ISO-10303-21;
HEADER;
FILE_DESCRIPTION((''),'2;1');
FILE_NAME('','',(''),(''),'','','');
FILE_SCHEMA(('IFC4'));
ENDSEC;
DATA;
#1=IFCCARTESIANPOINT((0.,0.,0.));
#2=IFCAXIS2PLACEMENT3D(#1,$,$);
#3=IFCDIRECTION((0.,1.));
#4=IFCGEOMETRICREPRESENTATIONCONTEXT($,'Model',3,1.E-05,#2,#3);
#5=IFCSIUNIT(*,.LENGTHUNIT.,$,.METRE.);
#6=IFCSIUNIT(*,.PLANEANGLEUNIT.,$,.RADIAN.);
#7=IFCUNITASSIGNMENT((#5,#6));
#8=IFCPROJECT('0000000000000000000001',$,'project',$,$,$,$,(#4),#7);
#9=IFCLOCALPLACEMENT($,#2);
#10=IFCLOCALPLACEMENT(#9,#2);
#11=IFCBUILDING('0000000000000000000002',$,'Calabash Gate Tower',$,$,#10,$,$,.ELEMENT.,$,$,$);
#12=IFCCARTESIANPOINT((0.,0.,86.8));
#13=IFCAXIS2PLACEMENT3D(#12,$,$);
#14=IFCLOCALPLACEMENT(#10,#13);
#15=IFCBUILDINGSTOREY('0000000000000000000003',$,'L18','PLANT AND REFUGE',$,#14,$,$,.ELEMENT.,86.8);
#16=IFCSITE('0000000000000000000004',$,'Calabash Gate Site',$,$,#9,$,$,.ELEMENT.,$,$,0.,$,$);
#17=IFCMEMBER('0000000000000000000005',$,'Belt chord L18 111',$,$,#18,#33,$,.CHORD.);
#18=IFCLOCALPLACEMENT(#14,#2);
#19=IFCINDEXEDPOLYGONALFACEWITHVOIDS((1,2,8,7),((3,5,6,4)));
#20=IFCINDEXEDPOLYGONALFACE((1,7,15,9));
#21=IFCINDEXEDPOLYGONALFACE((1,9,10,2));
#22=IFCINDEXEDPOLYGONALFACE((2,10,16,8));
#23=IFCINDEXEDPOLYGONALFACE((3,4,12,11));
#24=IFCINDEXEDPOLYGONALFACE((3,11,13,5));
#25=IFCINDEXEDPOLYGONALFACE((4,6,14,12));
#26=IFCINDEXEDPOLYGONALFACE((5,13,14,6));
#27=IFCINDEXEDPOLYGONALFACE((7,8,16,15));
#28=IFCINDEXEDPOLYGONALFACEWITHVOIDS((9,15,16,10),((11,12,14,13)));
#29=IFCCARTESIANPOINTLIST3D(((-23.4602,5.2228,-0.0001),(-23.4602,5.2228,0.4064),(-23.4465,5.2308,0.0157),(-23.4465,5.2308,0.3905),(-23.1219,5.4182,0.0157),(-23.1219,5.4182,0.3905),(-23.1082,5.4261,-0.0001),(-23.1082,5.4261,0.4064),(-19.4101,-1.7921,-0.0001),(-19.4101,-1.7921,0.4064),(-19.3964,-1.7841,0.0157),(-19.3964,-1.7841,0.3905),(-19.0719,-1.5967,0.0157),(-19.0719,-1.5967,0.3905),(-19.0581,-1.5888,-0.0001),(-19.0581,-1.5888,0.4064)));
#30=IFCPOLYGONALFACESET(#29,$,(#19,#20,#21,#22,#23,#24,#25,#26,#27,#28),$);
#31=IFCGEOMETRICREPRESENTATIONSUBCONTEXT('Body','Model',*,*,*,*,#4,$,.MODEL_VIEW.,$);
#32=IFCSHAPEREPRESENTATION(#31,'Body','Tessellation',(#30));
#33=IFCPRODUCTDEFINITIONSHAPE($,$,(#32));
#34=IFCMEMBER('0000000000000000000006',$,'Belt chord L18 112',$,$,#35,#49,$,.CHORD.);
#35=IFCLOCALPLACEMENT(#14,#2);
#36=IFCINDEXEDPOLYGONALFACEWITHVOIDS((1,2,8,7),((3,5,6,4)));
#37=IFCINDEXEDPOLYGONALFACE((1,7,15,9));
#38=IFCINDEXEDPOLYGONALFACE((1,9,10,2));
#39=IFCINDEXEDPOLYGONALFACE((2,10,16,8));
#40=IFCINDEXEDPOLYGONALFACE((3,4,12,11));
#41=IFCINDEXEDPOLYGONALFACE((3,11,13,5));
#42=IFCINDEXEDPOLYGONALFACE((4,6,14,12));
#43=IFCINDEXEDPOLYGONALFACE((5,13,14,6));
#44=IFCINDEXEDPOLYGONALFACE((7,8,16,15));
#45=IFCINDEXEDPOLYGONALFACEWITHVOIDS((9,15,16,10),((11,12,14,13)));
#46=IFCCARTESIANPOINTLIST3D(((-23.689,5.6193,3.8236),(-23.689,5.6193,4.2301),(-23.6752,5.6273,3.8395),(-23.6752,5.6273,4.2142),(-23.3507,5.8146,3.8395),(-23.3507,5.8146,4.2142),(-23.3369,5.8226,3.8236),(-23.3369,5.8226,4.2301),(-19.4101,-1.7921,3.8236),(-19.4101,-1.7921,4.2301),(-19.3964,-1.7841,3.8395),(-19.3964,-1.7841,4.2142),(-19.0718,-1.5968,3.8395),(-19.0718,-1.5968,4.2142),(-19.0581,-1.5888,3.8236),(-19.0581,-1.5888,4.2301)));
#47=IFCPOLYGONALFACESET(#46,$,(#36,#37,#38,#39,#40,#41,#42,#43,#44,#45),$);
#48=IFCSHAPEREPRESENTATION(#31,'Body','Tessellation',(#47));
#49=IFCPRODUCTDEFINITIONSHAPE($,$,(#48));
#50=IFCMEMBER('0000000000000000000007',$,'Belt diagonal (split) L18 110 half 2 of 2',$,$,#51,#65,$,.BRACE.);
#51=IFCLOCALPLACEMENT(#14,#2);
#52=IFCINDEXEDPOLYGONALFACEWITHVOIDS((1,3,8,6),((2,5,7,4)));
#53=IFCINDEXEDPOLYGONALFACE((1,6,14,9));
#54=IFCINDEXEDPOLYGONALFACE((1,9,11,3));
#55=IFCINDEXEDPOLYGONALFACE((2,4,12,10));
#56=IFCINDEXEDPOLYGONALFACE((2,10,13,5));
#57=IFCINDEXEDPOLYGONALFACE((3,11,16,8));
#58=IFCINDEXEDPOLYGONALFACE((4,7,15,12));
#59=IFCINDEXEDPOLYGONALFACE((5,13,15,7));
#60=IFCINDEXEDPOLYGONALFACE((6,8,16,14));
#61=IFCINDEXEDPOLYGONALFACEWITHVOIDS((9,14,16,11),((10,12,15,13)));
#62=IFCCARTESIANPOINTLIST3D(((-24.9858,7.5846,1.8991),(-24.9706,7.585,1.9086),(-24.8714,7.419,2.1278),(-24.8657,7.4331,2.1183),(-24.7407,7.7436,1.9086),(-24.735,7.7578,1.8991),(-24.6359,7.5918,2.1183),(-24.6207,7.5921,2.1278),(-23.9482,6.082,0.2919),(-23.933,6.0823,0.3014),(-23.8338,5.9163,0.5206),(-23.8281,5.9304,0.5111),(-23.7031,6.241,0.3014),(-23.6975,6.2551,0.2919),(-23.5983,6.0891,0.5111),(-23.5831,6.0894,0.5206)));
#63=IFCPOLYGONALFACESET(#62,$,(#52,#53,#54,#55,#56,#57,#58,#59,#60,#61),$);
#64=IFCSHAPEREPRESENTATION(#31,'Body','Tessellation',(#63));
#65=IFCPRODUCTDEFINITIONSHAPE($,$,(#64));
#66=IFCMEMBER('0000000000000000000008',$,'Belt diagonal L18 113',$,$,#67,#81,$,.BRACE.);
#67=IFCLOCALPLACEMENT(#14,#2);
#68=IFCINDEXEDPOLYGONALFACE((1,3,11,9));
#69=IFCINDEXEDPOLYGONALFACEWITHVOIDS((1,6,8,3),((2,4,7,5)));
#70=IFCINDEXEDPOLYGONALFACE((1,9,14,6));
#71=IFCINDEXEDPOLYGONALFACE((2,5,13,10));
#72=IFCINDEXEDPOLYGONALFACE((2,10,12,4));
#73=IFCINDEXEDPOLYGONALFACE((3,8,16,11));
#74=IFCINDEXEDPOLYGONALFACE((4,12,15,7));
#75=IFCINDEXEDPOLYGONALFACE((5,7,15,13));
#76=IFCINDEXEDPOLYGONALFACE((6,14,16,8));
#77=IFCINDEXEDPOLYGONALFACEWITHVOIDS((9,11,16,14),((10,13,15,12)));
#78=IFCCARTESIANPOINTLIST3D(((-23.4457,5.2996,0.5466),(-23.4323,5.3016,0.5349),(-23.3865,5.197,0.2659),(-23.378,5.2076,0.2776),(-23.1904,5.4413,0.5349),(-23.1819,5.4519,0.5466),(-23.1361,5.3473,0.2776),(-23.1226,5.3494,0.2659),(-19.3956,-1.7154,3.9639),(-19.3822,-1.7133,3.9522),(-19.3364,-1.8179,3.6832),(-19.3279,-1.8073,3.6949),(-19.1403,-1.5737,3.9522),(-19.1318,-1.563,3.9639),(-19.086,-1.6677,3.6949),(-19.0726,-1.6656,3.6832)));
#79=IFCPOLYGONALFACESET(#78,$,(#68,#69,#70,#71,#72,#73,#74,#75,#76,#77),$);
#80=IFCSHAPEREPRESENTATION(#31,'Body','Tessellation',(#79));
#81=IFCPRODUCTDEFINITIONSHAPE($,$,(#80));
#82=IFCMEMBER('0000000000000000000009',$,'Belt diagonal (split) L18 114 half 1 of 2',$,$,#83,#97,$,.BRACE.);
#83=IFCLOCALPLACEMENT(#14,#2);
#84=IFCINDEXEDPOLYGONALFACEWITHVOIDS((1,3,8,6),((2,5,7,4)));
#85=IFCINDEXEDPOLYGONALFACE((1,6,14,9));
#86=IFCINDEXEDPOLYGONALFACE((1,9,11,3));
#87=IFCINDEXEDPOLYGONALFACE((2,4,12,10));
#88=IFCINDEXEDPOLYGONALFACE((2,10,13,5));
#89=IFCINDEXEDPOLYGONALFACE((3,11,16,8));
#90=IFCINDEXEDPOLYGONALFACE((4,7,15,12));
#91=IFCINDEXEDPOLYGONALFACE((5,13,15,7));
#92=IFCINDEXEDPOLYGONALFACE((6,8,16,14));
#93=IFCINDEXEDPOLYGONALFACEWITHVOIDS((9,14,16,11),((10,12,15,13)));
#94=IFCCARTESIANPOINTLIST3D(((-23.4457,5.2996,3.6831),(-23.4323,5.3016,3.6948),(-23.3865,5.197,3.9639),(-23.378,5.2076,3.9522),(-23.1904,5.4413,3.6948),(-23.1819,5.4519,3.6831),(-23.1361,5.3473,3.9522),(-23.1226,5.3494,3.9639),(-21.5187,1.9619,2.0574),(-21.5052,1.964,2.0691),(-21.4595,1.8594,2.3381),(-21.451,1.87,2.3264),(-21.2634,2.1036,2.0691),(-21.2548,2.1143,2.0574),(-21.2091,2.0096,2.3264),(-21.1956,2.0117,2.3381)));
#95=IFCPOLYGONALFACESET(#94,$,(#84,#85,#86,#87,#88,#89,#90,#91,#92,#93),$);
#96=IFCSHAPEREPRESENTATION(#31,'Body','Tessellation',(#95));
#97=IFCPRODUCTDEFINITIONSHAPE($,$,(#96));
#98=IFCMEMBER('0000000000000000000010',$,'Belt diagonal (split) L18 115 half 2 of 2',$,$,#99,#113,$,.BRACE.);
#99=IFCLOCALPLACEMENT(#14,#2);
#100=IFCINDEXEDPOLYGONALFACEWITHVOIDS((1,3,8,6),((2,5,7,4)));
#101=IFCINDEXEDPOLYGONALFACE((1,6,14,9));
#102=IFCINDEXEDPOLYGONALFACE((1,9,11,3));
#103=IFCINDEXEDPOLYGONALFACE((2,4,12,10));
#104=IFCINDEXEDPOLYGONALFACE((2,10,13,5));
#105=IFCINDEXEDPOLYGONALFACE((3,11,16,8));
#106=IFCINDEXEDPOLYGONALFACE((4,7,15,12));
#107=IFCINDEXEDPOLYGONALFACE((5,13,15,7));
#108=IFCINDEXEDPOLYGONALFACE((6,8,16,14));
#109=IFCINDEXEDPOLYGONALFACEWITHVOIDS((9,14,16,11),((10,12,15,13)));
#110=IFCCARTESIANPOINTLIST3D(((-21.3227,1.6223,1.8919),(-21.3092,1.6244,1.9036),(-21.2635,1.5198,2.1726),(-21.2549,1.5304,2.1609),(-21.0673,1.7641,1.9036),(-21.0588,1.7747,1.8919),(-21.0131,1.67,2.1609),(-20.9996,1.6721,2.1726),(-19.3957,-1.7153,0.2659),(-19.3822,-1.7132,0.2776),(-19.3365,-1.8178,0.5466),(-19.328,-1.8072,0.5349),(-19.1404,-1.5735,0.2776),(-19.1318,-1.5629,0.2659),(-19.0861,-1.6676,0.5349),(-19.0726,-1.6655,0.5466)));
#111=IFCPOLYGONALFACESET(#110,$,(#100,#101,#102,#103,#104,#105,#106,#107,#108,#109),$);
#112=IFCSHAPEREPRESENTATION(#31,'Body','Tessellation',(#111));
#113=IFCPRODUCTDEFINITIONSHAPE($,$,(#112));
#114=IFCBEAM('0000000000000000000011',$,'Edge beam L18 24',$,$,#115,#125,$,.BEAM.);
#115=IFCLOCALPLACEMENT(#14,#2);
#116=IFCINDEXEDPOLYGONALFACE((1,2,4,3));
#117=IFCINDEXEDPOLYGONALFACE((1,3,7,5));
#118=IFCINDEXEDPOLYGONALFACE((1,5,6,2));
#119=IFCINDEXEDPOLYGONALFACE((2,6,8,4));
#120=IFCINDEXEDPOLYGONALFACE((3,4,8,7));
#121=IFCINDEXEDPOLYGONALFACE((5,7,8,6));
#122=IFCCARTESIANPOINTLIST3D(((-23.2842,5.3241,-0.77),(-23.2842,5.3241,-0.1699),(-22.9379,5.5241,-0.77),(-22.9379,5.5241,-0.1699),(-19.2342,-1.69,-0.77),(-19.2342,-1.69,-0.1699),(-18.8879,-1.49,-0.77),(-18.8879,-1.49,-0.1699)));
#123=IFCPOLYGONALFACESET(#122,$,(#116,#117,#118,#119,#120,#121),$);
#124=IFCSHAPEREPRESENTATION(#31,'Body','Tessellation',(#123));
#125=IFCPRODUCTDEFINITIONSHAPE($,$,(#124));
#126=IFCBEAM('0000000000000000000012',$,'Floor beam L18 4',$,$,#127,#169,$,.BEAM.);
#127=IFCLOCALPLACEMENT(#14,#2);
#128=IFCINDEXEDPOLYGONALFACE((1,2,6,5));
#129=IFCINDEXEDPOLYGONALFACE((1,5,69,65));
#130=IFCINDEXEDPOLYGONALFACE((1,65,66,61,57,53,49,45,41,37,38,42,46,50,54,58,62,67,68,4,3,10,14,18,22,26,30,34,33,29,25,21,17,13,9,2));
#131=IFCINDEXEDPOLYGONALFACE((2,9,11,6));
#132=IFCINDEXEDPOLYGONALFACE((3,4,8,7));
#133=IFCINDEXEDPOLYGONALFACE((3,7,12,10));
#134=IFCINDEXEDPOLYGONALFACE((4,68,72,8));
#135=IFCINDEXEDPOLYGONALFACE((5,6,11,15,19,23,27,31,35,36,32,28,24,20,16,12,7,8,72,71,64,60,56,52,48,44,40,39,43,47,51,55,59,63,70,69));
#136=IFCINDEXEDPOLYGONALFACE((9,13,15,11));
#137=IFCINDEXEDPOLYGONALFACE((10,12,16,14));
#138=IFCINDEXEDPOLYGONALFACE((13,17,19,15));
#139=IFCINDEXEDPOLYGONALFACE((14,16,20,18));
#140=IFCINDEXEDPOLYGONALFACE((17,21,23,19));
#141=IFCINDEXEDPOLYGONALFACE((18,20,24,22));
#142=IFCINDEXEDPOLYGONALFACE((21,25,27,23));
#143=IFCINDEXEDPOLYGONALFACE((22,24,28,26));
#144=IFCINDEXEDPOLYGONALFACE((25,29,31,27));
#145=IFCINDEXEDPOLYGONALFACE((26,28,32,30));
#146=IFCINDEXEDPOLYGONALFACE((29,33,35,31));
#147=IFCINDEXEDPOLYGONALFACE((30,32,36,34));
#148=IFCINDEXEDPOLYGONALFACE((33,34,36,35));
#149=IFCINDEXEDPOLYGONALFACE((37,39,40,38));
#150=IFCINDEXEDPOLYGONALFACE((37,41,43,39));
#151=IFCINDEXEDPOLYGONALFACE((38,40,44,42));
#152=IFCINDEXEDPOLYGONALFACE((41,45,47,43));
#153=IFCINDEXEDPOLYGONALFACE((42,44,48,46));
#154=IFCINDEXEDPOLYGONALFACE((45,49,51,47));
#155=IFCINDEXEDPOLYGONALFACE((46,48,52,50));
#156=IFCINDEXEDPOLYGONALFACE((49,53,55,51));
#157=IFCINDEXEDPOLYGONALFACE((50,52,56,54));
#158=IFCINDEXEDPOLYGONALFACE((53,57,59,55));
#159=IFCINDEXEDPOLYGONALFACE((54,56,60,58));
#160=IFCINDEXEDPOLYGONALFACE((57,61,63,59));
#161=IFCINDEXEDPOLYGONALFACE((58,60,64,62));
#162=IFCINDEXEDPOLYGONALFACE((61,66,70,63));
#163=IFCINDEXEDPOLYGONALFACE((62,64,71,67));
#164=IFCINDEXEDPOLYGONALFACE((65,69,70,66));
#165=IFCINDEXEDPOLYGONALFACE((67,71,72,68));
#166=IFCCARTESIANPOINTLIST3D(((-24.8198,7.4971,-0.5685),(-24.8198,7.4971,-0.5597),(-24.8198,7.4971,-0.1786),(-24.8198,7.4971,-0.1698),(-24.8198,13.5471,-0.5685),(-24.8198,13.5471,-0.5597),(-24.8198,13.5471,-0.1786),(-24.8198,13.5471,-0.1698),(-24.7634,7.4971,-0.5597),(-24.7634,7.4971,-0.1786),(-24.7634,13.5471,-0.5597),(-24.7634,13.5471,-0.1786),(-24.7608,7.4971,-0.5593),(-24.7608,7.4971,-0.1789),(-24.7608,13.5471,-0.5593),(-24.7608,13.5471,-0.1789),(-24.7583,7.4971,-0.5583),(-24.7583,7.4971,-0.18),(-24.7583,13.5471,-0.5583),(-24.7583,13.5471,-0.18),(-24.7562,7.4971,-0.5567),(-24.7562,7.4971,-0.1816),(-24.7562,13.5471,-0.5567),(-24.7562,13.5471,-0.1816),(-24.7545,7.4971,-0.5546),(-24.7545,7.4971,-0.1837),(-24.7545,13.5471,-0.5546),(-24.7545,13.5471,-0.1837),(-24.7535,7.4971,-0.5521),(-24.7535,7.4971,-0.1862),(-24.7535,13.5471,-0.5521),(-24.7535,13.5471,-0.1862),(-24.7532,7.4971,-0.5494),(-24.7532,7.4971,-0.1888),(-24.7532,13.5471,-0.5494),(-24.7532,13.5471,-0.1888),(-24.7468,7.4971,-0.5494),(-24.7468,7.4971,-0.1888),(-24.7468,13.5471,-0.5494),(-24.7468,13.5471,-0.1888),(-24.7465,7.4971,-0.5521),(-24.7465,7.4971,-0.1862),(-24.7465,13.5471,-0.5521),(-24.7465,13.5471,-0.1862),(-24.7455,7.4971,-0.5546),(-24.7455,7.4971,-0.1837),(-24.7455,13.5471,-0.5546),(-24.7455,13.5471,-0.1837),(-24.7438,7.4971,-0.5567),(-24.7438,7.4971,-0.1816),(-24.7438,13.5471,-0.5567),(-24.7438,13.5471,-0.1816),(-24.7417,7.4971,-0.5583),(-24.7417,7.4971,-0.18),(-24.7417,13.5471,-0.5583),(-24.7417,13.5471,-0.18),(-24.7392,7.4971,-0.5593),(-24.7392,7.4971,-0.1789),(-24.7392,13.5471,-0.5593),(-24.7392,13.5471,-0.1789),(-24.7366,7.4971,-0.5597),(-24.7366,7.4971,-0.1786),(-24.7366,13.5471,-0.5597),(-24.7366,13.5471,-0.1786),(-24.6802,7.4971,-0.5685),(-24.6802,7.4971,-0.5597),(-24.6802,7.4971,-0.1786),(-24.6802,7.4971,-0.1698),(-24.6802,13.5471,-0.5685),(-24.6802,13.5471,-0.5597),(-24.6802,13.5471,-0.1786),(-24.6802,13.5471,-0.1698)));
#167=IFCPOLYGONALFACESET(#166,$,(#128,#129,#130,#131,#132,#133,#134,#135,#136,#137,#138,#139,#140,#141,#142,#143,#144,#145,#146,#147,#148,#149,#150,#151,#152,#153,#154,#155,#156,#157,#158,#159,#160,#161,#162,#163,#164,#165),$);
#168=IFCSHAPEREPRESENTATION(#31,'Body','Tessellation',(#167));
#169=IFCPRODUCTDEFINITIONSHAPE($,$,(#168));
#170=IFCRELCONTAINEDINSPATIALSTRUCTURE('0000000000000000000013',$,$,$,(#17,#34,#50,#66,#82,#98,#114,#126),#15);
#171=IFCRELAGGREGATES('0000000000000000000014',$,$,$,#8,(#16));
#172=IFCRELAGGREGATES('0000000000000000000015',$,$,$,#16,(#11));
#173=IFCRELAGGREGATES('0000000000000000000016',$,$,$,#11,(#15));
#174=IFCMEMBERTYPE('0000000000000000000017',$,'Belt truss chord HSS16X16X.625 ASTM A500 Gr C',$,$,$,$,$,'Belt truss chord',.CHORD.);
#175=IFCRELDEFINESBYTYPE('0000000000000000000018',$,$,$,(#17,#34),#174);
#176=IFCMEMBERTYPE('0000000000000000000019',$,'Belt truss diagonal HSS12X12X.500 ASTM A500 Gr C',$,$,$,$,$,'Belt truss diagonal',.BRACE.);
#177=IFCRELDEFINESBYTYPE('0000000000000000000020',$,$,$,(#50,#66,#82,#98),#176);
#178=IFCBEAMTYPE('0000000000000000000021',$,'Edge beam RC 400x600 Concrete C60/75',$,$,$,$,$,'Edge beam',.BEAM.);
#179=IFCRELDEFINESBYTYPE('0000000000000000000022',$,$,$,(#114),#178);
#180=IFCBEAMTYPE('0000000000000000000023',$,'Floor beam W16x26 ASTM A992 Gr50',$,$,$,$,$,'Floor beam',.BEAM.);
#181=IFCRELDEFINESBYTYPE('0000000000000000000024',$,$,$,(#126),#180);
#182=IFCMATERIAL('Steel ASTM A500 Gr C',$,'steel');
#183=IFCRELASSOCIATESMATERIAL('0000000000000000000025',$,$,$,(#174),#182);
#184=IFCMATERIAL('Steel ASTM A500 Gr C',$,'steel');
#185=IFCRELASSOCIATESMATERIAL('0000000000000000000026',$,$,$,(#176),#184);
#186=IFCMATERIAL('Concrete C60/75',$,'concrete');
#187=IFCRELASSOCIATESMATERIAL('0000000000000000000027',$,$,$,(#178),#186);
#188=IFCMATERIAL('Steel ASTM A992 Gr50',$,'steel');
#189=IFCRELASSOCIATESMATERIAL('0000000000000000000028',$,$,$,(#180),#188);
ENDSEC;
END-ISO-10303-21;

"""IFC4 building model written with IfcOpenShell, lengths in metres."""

from ifc_helpers import new_model, si_unit, direction, frame, origin, origin_2d, place, context, subcontext, project, spatial, rectangle, hollow_rectangle, i_section, extrude, material, material_profile, profile_set, type_object, element, save


model = new_model("IFC4")

# Units and contexts
model_context = context("Model", 3, precision=1e-05, world=origin(), true_north=direction((0.0, 1.0)))
body_context = subcontext(model_context, "Body", "Model", "MODEL_VIEW")
ifc_project = project(units=[si_unit("LENGTHUNIT", "METRE"), si_unit("PLANEANGLEUNIT", "RADIAN")], contexts=[model_context])

# Site, building, storey
site_placement = place(None, origin())
site = spatial("IfcSite", under=ifc_project, at=site_placement, Name="Calabash Gate Site", CompositionType="ELEMENT", RefElevation=0.0)
building_placement = place(site_placement, origin())
building = spatial("IfcBuilding", under=site, at=building_placement, Name="Calabash Gate Tower", CompositionType="ELEMENT")
storey_placement = place(building_placement, frame((0.0, 0.0, 86.8)))
storey = spatial("IfcBuildingStorey", under=building, at=storey_placement, Name="L18", Description="PLANT AND REFUGE", CompositionType="ELEMENT", Elevation=86.8)

# Members
ifc_material_1 = material(Name="Steel ASTM A500 Gr C", Category="steel")
ifc_material_profile_1 = material_profile(ifc_material_1, hollow_rectangle(XDim=0.4065, YDim=0.4065, WallThickness=0.0159, at=origin_2d()))
ifc_profile_set_1 = profile_set([ifc_material_profile_1], Name="Steel ASTM A500 Gr C")
member_type_1 = type_object("IfcMemberType", Name="Belt truss chord HSS16X16X.625 ASTM A500 Gr C", ElementType="Belt truss chord", PredefinedType="CHORD", material=ifc_profile_set_1)
member_1_placement = place(storey_placement, frame((-23.2842, 5.3245, 0.2031), z_axis=(0.5, -0.866025, 0.0), x_axis=(0.866025, 0.5, 0.0)))
element("IfcMember", 1, at=member_1_placement, inside=storey, type_object=member_type_1, Name="Belt chord L18 111", PredefinedType="CHORD", context=body_context, shape_type="SweptSolid", body=[
    extrude(hollow_rectangle(XDim=0.4065, YDim=0.4065, WallThickness=0.0159, at=origin_2d()), origin(), (0.0, 0.0, 1.0), 8.1001),
])
member_2_placement = place(storey_placement, frame((-23.5129, 5.7209, 4.0269), z_axis=(0.499987, -0.866033, 0.0), x_axis=(0.866033, 0.499987, 0.0)))
element("IfcMember", 2, at=member_2_placement, inside=storey, type_object=member_type_1, Name="Belt chord L18 112", PredefinedType="CHORD", context=body_context, shape_type="SweptSolid", body=[
    extrude(hollow_rectangle(XDim=0.4065, YDim=0.4065, WallThickness=0.0159, at=origin_2d()), origin(), (0.0, 0.0, 1.0), 8.5579),
])
ifc_material_2 = material(Name="Steel ASTM A500 Gr C", Category="steel")
ifc_material_profile_2 = material_profile(ifc_material_2, hollow_rectangle(XDim=0.3047, YDim=0.3047, WallThickness=0.0127, at=origin_2d()))
ifc_profile_set_2 = profile_set([ifc_material_profile_2], Name="Steel ASTM A500 Gr C")
member_type_2 = type_object("IfcMemberType", Name="Belt truss diagonal HSS12X12X.500 ASTM A500 Gr C", ElementType="Belt truss diagonal", PredefinedType="BRACE", material=ifc_profile_set_2)
member_3_placement = place(storey_placement, frame((-24.8032, 7.5884, 2.0134), z_axis=(0.426533, -0.61772, -0.660675), x_axis=(0.822889, 0.568201, 0.0)))
element("IfcMember", 3, at=member_3_placement, inside=storey, type_object=member_type_2, Name="Belt diagonal (split) L18 110 half 2 of 2", PredefinedType="BRACE", context=body_context, shape_type="SweptSolid", body=[
    extrude(hollow_rectangle(XDim=0.3047, YDim=0.3047, WallThickness=0.0127, at=origin_2d()), origin(), (0.0, 0.0, 1.0), 2.4326),
])
member_4_placement = place(storey_placement, frame((-23.2842, 5.3245, 0.4062), z_axis=(0.460682, -0.797925, 0.388701), x_axis=(0.866025, 0.5, 0.0)))
element("IfcMember", 4, at=member_4_placement, inside=storey, type_object=member_type_2, Name="Belt diagonal L18 113", PredefinedType="BRACE", context=body_context, shape_type="SweptSolid", body=[
    extrude(hollow_rectangle(XDim=0.3047, YDim=0.3047, WallThickness=0.0127, at=origin_2d()), origin(), (0.0, 0.0, 1.0), 8.7915),
])
for number, where, z_axis, x_axis, name in (
    (5, (-23.2842, 5.3245, 3.8235), (0.460691, -0.797936, -0.388666), (0.866024, 0.500002, 0.0), "Belt diagonal (split) L18 114 half 1 of 2"),
    (6, (-21.1611, 1.6472, 2.0322), (0.460681, -0.797918, -0.388716), (0.866024, 0.500002, 0.0), "Belt diagonal (split) L18 115 half 2 of 2"),
):
    element("IfcMember", number, at=place(storey_placement, frame(where, z_axis=z_axis, x_axis=x_axis)), inside=storey, type_object=member_type_2, Name=name, PredefinedType="BRACE", context=body_context, shape_type="SweptSolid", body=[
        extrude(hollow_rectangle(XDim=0.3047, YDim=0.3047, WallThickness=0.0127, at=origin_2d()), origin(), (0.0, 0.0, 1.0), 4.1829),
    ])

# Beams
ifc_material_3 = material(Name="Concrete C60/75", Category="concrete")
ifc_material_profile_3 = material_profile(ifc_material_3, rectangle(XDim=0.3999, YDim=0.6001, at=origin_2d()))
ifc_profile_set_3 = profile_set([ifc_material_profile_3], Name="Concrete C60/75")
beam_type_1 = type_object("IfcBeamType", Name="Edge beam RC 400x600 Concrete C60/75", ElementType="Edge beam", PredefinedType="BEAM", material=ifc_profile_set_3)
beam_1_placement = place(storey_placement, frame((-23.1111, 5.4241, -0.47), z_axis=(0.500039, -0.866003, 0.0), x_axis=(0.866003, 0.500039, 0.0)))
element("IfcBeam", 7, at=beam_1_placement, inside=storey, type_object=beam_type_1, Name="Edge beam L18 24", PredefinedType="BEAM", context=body_context, shape_type="SweptSolid", body=[
    extrude(rectangle(XDim=0.3999, YDim=0.6001, at=origin_2d()), origin(), (0.0, 0.0, 1.0), 8.0994),
])
ifc_material_4 = material(Name="Steel ASTM A992 Gr50", Category="steel")
ifc_material_profile_4 = material_profile(ifc_material_4, i_section(OverallWidth=0.1396, OverallDepth=0.3987, WebThickness=0.0063, FlangeThickness=0.0088, FilletRadius=0.0103, at=origin_2d()))
ifc_profile_set_4 = profile_set([ifc_material_profile_4], Name="Steel ASTM A992 Gr50")
beam_type_2 = type_object("IfcBeamType", Name="Floor beam W16x26 ASTM A992 Gr50", ElementType="Floor beam", PredefinedType="BEAM", material=ifc_profile_set_4)
beam_2_placement = place(storey_placement, frame((-24.75, 7.4971, -0.3691), z_axis=(0.0, 1.0, 0.0), x_axis=(-1.0, 0.0, 0.0)))
element("IfcBeam", 8, at=beam_2_placement, inside=storey, type_object=beam_type_2, Name="Floor beam L18 4", PredefinedType="BEAM", context=body_context, shape_type="SweptSolid", body=[
    extrude(i_section(OverallWidth=0.1396, OverallDepth=0.3987, WebThickness=0.0063, FlangeThickness=0.0088, FilletRadius=0.0103, at=origin_2d()), origin(), (0.0, 0.0, 1.0), 6.05),
])

save(model, "model.ifc")
